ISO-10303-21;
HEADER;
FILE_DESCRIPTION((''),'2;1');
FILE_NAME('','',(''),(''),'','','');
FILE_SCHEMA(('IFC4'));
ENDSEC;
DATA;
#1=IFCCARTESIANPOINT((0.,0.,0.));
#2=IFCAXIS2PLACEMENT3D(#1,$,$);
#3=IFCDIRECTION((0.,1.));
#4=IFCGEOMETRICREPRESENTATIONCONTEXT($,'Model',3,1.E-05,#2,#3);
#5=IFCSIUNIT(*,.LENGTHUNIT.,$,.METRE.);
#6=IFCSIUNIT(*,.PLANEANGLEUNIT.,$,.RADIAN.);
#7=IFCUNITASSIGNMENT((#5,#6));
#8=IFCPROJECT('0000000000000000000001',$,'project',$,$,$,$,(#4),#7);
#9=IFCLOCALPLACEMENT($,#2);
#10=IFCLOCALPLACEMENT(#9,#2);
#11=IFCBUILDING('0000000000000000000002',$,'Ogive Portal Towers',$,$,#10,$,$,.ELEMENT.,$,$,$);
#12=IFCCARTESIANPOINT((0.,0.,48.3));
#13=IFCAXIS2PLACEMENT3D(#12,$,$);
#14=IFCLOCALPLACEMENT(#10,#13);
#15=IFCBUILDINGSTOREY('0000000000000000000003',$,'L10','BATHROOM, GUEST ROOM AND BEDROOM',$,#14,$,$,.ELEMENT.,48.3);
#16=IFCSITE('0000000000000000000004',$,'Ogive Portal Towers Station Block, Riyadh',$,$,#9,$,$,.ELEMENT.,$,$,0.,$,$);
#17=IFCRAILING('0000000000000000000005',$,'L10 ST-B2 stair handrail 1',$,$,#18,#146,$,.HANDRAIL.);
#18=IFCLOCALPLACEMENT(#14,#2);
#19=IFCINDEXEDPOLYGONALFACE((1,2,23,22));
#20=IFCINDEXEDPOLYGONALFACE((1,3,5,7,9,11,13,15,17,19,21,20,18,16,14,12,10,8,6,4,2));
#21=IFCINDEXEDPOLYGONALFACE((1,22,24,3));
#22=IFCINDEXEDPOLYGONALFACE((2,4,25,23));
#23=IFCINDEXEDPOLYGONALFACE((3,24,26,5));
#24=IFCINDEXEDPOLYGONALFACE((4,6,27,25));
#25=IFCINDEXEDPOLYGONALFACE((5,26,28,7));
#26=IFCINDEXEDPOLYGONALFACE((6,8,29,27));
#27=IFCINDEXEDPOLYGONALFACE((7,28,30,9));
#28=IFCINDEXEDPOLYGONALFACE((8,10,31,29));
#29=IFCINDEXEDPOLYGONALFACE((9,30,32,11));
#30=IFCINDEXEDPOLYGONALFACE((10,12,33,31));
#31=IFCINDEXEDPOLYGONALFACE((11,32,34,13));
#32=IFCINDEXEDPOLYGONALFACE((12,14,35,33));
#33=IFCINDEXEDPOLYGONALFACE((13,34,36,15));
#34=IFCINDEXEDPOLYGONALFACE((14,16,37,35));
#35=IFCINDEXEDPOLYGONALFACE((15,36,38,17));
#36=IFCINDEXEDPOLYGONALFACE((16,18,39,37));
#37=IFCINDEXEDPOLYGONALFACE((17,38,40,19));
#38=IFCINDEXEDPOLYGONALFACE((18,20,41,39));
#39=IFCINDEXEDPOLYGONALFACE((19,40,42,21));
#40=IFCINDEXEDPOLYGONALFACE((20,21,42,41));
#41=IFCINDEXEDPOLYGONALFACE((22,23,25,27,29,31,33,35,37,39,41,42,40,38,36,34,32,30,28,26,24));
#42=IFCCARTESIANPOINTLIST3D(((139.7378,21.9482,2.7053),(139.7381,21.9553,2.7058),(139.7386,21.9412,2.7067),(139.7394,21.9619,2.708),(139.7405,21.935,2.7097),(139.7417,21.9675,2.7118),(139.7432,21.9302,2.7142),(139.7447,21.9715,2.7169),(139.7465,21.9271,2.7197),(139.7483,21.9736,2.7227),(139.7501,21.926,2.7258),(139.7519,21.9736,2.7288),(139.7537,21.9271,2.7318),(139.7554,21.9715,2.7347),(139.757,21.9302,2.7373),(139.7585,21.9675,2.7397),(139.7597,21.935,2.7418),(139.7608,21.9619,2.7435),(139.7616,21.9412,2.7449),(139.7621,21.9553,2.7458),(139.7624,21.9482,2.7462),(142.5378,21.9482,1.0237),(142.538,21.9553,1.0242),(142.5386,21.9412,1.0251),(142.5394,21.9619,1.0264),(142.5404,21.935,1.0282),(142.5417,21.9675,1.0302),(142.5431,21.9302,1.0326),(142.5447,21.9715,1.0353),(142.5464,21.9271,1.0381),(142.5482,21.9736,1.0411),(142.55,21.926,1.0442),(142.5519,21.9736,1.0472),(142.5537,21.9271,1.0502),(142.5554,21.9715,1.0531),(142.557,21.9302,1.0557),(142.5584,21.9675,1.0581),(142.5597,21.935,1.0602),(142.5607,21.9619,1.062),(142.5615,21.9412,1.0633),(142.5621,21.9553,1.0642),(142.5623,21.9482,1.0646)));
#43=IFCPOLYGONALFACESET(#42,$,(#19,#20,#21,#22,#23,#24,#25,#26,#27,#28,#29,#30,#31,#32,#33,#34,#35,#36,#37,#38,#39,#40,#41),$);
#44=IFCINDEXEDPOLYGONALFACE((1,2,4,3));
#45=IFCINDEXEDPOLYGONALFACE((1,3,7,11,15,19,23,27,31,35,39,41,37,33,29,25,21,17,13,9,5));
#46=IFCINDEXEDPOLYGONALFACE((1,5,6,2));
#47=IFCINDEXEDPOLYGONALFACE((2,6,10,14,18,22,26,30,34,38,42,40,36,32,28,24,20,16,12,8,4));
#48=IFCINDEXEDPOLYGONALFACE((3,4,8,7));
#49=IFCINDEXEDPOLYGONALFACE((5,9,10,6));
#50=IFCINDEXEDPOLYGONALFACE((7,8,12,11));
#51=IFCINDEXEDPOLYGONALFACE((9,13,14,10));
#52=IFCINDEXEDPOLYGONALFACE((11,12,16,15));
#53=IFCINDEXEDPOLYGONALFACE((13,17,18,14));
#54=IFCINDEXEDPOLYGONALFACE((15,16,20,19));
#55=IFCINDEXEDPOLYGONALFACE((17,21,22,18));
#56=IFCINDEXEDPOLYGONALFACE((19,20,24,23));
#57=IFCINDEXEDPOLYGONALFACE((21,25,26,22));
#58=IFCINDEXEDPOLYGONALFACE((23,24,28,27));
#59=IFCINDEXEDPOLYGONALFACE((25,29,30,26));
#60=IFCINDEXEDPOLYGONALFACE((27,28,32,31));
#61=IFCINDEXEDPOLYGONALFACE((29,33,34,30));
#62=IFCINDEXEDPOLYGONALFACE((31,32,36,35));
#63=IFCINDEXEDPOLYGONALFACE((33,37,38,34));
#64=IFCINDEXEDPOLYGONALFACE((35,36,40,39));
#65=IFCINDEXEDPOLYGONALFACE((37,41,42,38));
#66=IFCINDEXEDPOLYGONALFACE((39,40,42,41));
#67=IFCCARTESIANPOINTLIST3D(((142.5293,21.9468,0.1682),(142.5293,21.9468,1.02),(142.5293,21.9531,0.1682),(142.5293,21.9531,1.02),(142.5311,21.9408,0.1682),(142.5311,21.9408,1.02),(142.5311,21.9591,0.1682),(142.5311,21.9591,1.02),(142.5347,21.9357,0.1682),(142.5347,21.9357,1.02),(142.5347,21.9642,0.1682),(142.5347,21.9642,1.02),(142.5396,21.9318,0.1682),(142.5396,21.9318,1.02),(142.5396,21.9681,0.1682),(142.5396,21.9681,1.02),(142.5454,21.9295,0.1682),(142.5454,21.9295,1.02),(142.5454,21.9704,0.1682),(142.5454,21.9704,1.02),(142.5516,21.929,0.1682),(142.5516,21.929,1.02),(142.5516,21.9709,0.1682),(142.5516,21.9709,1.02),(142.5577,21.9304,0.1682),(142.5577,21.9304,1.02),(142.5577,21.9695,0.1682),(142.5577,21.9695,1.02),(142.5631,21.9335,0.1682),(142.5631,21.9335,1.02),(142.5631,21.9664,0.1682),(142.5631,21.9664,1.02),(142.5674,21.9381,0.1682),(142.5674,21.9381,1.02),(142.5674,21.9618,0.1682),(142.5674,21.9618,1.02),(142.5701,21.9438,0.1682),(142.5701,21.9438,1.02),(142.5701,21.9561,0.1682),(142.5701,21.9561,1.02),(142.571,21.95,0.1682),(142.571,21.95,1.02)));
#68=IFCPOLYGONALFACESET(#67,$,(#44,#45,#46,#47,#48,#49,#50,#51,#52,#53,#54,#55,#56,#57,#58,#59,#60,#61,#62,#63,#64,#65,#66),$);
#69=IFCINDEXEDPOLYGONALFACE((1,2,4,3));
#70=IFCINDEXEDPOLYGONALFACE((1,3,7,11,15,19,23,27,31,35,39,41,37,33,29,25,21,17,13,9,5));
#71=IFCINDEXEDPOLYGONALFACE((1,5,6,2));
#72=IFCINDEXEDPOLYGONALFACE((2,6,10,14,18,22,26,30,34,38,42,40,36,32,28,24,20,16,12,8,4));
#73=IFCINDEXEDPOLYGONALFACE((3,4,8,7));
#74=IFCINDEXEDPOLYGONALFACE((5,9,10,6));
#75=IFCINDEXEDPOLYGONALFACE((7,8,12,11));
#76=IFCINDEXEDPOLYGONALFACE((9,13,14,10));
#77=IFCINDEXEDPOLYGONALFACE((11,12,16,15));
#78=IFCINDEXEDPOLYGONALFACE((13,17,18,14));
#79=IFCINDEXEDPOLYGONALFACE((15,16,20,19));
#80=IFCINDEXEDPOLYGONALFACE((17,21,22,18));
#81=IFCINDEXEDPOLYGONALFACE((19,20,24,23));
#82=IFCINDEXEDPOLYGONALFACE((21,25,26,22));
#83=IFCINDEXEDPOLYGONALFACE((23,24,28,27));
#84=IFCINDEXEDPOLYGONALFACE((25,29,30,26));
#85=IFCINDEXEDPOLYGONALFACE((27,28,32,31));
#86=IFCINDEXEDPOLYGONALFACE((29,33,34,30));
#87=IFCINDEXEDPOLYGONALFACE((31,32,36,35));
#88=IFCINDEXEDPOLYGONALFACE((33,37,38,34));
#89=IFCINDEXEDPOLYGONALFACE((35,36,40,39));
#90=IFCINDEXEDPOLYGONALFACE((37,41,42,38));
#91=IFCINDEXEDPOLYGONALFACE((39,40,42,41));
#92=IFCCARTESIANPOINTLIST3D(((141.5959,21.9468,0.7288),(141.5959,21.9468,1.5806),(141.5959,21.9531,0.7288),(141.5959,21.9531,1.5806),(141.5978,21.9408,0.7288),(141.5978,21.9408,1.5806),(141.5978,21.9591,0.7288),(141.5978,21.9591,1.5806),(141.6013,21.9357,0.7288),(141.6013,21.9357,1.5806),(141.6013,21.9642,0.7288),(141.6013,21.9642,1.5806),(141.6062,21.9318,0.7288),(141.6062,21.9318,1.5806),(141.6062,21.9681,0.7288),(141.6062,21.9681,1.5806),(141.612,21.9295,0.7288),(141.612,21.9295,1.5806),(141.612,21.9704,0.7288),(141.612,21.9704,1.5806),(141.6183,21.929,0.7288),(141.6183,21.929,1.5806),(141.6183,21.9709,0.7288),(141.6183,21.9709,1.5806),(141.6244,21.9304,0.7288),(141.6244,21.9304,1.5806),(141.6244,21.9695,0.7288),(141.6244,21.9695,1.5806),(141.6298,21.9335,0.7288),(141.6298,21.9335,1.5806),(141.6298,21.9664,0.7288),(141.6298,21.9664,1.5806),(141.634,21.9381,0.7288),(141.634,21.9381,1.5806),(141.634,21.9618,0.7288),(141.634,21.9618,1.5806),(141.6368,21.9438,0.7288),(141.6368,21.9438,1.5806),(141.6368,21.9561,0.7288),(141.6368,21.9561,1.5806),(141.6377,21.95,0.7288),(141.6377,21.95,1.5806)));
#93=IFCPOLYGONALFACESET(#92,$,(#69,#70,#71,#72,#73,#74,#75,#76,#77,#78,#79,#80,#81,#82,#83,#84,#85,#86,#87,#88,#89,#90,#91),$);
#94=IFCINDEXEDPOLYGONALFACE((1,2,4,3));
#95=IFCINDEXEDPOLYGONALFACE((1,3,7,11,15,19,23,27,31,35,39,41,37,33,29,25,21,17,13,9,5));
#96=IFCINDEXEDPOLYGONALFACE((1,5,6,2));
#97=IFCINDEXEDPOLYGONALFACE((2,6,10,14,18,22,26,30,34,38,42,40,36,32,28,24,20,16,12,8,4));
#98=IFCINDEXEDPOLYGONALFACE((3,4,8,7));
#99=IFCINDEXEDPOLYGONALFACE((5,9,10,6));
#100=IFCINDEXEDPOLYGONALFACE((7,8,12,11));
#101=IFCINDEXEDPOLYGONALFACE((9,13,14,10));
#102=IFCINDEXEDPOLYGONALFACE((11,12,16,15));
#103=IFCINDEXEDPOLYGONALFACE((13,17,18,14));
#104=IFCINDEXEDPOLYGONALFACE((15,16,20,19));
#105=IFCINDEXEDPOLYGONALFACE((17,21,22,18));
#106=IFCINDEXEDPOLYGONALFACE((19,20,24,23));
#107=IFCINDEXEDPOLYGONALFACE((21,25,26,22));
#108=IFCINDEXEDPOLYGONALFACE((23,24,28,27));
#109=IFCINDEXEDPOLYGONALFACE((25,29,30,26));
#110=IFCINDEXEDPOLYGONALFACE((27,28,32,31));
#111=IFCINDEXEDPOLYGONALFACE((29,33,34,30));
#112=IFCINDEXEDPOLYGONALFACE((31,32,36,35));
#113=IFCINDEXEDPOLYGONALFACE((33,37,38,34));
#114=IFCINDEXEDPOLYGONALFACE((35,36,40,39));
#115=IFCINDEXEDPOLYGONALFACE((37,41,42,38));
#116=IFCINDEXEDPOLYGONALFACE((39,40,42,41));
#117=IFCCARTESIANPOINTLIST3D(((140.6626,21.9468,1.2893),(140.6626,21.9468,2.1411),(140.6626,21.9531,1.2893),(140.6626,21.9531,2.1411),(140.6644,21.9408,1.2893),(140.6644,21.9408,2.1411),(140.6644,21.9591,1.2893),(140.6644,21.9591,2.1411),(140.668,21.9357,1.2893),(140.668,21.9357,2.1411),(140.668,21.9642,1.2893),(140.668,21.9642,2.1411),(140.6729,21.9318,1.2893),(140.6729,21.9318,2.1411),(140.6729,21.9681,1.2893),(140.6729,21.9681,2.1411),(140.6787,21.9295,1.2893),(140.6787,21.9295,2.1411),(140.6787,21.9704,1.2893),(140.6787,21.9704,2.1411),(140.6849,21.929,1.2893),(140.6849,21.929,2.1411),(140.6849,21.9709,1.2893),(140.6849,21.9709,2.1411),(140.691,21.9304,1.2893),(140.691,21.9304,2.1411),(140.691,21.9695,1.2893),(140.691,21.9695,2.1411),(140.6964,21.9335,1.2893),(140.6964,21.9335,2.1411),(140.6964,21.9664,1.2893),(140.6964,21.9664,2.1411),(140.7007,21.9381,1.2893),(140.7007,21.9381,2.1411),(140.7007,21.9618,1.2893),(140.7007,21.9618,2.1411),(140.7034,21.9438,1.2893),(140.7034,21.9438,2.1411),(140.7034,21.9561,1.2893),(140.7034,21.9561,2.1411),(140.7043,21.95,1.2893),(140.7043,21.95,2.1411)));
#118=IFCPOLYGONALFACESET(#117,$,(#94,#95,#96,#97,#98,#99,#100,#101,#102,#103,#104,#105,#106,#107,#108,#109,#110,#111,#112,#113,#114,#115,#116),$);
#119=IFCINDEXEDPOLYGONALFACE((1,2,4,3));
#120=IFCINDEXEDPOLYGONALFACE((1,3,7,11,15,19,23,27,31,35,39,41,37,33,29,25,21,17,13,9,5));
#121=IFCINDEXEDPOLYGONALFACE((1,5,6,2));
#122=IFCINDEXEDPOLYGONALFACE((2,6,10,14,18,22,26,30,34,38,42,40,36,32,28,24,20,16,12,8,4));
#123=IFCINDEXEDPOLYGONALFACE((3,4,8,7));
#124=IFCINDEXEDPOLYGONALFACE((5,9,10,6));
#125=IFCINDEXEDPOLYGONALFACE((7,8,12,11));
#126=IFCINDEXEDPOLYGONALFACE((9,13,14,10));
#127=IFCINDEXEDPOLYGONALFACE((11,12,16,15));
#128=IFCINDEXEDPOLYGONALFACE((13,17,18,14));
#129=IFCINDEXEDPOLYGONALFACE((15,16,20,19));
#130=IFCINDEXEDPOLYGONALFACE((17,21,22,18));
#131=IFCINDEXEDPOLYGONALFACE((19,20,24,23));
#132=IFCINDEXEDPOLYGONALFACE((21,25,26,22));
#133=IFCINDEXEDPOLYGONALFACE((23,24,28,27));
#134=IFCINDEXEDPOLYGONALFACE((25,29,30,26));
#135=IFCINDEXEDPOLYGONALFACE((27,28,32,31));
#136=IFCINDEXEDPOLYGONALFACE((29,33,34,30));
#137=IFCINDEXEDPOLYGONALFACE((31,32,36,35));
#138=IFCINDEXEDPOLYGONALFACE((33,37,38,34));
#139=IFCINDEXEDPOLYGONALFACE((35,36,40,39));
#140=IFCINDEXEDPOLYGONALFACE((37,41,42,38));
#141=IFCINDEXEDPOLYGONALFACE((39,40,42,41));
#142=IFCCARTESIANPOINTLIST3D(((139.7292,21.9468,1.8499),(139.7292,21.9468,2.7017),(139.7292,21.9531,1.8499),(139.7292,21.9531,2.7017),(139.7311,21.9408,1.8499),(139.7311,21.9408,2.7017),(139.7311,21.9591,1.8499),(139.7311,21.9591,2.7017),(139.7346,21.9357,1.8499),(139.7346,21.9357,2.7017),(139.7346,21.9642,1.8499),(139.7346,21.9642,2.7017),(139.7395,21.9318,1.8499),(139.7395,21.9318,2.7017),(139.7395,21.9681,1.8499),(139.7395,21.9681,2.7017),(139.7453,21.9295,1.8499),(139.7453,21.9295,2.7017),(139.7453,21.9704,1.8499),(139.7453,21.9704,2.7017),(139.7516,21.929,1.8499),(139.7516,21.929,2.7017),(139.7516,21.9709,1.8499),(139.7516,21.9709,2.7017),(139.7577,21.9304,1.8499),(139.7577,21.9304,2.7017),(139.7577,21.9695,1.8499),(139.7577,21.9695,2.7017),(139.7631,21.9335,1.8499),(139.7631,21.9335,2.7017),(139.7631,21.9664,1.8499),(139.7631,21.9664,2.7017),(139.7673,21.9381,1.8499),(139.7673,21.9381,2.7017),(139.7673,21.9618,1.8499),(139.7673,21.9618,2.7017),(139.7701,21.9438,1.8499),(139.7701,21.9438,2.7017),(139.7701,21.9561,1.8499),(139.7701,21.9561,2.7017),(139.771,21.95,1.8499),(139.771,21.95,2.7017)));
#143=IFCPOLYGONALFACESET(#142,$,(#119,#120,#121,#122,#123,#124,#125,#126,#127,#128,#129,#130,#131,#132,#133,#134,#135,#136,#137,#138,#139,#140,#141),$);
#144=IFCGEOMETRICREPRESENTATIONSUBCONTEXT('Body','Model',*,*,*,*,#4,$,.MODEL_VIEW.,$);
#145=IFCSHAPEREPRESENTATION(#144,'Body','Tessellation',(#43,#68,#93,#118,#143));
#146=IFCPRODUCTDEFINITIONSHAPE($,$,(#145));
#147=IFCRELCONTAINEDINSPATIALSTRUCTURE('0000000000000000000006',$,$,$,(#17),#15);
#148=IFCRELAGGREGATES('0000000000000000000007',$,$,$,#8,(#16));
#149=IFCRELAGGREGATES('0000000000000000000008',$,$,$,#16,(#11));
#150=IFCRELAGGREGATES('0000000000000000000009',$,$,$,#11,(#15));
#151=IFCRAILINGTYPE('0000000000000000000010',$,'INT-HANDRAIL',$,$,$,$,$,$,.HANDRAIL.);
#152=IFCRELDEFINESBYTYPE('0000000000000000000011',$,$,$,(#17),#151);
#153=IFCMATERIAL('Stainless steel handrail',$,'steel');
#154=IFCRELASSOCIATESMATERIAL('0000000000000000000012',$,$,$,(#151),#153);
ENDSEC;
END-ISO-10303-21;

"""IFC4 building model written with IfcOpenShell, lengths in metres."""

from ifc_helpers import new_model, si_unit, direction, frame, origin, origin_2d, place, context, subcontext, project, spatial, circle, extrude, material, type_object, element, save


model = new_model("IFC4")

# Units and contexts
model_context = context("Model", 3, precision=1e-05, world=origin(), true_north=direction((0.0, 1.0)))
body_context = subcontext(model_context, "Body", "Model", "MODEL_VIEW")
ifc_project = project(units=[si_unit("LENGTHUNIT", "METRE"), si_unit("PLANEANGLEUNIT", "RADIAN")], contexts=[model_context])

# Site, building, storey
site_placement = place(None, origin())
site = spatial("IfcSite", under=ifc_project, at=site_placement, Name="Ogive Portal Towers Station Block, Riyadh", CompositionType="ELEMENT", RefElevation=0.0)
building_placement = place(site_placement, origin())
building = spatial("IfcBuilding", under=site, at=building_placement, Name="Ogive Portal Towers", CompositionType="ELEMENT")
storey_placement = place(building_placement, frame((0.0, 0.0, 48.3)))
storey = spatial("IfcBuildingStorey", under=building, at=storey_placement, Name="L10", Description="BATHROOM, GUEST ROOM AND BEDROOM", CompositionType="ELEMENT", Elevation=48.3)

# Railing
ifc_material_1 = material(Name="Stainless steel handrail", Category="steel")
railing_type = type_object("IfcRailingType", Name="INT-HANDRAIL", PredefinedType="HANDRAIL", material=ifc_material_1)
railing_placement = place(storey_placement, frame((142.55, 21.95, 0.1682)))
element("IfcRailing", 1, at=railing_placement, inside=storey, type_object=railing_type, Name="L10 ST-B2 stair handrail 1", PredefinedType="HANDRAIL", context=body_context, shape_type="SweptSolid", body=[
    extrude(circle(Radius=0.0239, at=origin_2d()), frame((0.0, 0.0, 0.876), z_axis=(-0.857275, 0.0, 0.514858), x_axis=(0.0, -1.0, 0.0)), (0.0, 0.0, 1.0), 3.2661),
    extrude(circle(Radius=0.021, at=origin_2d()), origin(), (0.0, 0.0, 1.0), 0.8518),
    extrude(circle(Radius=0.021, at=origin_2d()), frame((-0.9333, 0.0, 0.5605)), (0.0, 0.0, 1.0), 0.8518),
    extrude(circle(Radius=0.021, at=origin_2d()), frame((-1.8667, 0.0, 1.1211)), (0.0, 0.0, 1.0), 0.8518),
    extrude(circle(Radius=0.021, at=origin_2d()), frame((-2.8, 0.0, 1.6816)), (0.0, 0.0, 1.0), 0.8518),
])

save(model, "model.ifc")
